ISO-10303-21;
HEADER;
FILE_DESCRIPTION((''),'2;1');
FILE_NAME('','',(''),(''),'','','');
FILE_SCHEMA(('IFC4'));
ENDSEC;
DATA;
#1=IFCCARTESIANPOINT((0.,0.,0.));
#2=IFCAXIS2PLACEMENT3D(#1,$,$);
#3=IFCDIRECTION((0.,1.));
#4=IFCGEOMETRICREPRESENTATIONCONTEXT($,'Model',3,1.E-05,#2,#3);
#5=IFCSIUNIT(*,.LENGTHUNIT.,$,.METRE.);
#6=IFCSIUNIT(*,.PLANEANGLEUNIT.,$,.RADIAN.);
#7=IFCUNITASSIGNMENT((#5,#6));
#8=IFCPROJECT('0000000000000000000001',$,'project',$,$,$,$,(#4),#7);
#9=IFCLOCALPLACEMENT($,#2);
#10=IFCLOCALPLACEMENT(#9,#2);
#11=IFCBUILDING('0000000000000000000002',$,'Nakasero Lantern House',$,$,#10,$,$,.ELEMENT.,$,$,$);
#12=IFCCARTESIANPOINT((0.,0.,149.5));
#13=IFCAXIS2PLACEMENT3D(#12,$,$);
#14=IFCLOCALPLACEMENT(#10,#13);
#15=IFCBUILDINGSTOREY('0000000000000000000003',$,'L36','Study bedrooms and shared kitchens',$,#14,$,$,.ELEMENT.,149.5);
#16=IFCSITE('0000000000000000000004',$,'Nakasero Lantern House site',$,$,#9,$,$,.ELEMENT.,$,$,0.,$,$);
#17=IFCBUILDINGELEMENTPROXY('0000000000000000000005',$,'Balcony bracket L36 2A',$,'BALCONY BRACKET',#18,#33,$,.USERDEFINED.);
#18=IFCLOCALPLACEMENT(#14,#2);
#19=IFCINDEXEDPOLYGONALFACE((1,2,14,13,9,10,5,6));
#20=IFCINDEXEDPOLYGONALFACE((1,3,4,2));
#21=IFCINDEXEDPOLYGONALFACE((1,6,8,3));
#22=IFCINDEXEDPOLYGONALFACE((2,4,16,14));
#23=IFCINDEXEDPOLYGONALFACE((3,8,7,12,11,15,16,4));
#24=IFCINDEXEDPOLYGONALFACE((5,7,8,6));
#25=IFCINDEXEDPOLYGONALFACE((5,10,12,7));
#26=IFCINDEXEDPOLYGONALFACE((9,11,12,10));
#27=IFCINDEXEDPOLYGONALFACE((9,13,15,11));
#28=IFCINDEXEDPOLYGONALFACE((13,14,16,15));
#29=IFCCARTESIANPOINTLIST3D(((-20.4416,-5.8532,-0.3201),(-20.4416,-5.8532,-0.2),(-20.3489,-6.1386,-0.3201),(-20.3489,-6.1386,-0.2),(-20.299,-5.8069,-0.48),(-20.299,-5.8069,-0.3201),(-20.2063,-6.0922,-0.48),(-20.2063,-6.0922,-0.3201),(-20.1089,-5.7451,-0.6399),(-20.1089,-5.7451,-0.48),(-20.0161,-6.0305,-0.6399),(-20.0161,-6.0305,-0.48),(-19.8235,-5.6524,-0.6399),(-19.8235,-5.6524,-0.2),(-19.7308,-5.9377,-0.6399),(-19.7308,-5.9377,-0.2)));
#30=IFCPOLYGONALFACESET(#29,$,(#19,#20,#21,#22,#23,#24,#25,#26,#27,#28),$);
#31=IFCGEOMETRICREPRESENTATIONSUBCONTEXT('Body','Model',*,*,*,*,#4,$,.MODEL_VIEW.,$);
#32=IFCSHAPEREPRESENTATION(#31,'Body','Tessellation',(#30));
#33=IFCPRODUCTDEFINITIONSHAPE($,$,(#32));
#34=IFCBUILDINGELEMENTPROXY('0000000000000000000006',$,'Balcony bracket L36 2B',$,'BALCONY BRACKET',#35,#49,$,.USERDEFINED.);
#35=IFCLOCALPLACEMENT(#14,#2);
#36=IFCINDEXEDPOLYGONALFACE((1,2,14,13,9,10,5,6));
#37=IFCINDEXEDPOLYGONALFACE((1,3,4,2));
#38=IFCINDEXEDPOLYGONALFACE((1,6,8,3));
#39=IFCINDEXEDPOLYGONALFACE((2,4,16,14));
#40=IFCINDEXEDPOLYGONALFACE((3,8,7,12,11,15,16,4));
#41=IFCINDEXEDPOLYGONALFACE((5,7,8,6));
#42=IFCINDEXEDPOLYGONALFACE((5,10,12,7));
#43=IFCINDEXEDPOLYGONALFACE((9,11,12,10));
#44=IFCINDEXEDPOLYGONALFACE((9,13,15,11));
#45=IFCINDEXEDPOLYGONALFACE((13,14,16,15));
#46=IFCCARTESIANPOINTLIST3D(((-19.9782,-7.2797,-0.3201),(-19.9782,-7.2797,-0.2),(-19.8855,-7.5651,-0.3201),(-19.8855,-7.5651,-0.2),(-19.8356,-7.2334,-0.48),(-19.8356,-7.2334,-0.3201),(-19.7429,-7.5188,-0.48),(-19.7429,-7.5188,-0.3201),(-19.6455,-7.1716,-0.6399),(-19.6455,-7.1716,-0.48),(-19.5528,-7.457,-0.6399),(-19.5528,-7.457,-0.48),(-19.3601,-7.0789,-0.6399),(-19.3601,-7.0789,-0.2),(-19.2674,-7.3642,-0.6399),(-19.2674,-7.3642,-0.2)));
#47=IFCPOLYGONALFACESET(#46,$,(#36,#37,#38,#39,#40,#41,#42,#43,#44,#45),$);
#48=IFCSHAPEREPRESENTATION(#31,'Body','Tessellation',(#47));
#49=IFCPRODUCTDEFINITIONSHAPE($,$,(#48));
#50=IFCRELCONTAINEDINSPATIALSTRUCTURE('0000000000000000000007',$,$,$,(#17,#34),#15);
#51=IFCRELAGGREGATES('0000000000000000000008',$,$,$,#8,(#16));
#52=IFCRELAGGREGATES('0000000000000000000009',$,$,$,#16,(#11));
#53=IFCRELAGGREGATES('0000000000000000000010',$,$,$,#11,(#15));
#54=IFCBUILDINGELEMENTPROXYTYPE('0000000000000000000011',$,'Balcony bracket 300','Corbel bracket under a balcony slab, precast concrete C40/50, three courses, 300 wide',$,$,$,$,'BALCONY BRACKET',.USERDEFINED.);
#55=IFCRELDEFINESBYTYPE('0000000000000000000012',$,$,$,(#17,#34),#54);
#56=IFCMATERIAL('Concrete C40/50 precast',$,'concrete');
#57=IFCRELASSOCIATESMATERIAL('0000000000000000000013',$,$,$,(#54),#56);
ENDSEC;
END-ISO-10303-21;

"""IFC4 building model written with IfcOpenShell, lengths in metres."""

from ifc_helpers import new_model, si_unit, direction, frame, origin, place, context, subcontext, project, spatial, polyline, outline, extrude, material, type_object, element, save


model = new_model("IFC4")

# Units and contexts
model_context = context("Model", 3, precision=1e-05, world=origin(), true_north=direction((0.0, 1.0)))
body_context = subcontext(model_context, "Body", "Model", "MODEL_VIEW")
ifc_project = project(units=[si_unit("LENGTHUNIT", "METRE"), si_unit("PLANEANGLEUNIT", "RADIAN")], contexts=[model_context])

# Site, building, storey
site_placement = place(None, origin())
site = spatial("IfcSite", under=ifc_project, at=site_placement, Name="Nakasero Lantern House site", CompositionType="ELEMENT", RefElevation=0.0)
building_placement = place(site_placement, origin())
building = spatial("IfcBuilding", under=site, at=building_placement, Name="Nakasero Lantern House", CompositionType="ELEMENT")
storey_placement = place(building_placement, frame((0.0, 0.0, 149.5)))
storey = spatial("IfcBuildingStorey", under=building, at=storey_placement, Name="L36", Description="Study bedrooms and shared kitchens", CompositionType="ELEMENT", Elevation=149.5)

# Building element proxies
ifc_material_1 = material(Name="Concrete C40/50 precast", Category="concrete")
building_element_proxy_type = type_object("IfcBuildingElementProxyType", Name="Balcony bracket 300", Description="Corbel bracket under a balcony slab, precast concrete C40/50, three courses, 300 wide", ElementType="BALCONY BRACKET", PredefinedType="USERDEFINED", material=ifc_material_1)
for number, where, z_axis, x_axis, name in (
    (1, (-19.7771, -5.7952, -0.2), (0.0, 0.0, 1.0), (-0.951057, -0.309017, 0.0), "Balcony bracket L36 2A"),
    (2, (-19.3137, -7.2217, -0.2), (0.0, 0.0, 1.0), (-0.951057, -0.309017, 0.0), "Balcony bracket L36 2B"),
):
    element("IfcBuildingElementProxy", number, at=place(storey_placement, frame(where, z_axis=z_axis, x_axis=x_axis)), inside=storey, type_object=building_element_proxy_type, Name=name, ObjectType="BALCONY BRACKET", PredefinedType="USERDEFINED", context=body_context, shape_type="SweptSolid", body=[
        extrude(outline(polyline([(0.0, 0.0), (0.6499, 0.0), (0.6499, -0.1201), (0.5, -0.1201), (0.5, -0.28), (0.3, -0.28), (0.3, -0.4399), (0.0, -0.4399), (0.0, 0.0)])), frame((0.0, 0.1499, 0.0), z_axis=(0.0, -1.0, 0.0), x_axis=(1.0, 0.0, 0.0)), (0.0, 0.0, 1.0), 0.3),
    ])

save(model, "model.ifc")
